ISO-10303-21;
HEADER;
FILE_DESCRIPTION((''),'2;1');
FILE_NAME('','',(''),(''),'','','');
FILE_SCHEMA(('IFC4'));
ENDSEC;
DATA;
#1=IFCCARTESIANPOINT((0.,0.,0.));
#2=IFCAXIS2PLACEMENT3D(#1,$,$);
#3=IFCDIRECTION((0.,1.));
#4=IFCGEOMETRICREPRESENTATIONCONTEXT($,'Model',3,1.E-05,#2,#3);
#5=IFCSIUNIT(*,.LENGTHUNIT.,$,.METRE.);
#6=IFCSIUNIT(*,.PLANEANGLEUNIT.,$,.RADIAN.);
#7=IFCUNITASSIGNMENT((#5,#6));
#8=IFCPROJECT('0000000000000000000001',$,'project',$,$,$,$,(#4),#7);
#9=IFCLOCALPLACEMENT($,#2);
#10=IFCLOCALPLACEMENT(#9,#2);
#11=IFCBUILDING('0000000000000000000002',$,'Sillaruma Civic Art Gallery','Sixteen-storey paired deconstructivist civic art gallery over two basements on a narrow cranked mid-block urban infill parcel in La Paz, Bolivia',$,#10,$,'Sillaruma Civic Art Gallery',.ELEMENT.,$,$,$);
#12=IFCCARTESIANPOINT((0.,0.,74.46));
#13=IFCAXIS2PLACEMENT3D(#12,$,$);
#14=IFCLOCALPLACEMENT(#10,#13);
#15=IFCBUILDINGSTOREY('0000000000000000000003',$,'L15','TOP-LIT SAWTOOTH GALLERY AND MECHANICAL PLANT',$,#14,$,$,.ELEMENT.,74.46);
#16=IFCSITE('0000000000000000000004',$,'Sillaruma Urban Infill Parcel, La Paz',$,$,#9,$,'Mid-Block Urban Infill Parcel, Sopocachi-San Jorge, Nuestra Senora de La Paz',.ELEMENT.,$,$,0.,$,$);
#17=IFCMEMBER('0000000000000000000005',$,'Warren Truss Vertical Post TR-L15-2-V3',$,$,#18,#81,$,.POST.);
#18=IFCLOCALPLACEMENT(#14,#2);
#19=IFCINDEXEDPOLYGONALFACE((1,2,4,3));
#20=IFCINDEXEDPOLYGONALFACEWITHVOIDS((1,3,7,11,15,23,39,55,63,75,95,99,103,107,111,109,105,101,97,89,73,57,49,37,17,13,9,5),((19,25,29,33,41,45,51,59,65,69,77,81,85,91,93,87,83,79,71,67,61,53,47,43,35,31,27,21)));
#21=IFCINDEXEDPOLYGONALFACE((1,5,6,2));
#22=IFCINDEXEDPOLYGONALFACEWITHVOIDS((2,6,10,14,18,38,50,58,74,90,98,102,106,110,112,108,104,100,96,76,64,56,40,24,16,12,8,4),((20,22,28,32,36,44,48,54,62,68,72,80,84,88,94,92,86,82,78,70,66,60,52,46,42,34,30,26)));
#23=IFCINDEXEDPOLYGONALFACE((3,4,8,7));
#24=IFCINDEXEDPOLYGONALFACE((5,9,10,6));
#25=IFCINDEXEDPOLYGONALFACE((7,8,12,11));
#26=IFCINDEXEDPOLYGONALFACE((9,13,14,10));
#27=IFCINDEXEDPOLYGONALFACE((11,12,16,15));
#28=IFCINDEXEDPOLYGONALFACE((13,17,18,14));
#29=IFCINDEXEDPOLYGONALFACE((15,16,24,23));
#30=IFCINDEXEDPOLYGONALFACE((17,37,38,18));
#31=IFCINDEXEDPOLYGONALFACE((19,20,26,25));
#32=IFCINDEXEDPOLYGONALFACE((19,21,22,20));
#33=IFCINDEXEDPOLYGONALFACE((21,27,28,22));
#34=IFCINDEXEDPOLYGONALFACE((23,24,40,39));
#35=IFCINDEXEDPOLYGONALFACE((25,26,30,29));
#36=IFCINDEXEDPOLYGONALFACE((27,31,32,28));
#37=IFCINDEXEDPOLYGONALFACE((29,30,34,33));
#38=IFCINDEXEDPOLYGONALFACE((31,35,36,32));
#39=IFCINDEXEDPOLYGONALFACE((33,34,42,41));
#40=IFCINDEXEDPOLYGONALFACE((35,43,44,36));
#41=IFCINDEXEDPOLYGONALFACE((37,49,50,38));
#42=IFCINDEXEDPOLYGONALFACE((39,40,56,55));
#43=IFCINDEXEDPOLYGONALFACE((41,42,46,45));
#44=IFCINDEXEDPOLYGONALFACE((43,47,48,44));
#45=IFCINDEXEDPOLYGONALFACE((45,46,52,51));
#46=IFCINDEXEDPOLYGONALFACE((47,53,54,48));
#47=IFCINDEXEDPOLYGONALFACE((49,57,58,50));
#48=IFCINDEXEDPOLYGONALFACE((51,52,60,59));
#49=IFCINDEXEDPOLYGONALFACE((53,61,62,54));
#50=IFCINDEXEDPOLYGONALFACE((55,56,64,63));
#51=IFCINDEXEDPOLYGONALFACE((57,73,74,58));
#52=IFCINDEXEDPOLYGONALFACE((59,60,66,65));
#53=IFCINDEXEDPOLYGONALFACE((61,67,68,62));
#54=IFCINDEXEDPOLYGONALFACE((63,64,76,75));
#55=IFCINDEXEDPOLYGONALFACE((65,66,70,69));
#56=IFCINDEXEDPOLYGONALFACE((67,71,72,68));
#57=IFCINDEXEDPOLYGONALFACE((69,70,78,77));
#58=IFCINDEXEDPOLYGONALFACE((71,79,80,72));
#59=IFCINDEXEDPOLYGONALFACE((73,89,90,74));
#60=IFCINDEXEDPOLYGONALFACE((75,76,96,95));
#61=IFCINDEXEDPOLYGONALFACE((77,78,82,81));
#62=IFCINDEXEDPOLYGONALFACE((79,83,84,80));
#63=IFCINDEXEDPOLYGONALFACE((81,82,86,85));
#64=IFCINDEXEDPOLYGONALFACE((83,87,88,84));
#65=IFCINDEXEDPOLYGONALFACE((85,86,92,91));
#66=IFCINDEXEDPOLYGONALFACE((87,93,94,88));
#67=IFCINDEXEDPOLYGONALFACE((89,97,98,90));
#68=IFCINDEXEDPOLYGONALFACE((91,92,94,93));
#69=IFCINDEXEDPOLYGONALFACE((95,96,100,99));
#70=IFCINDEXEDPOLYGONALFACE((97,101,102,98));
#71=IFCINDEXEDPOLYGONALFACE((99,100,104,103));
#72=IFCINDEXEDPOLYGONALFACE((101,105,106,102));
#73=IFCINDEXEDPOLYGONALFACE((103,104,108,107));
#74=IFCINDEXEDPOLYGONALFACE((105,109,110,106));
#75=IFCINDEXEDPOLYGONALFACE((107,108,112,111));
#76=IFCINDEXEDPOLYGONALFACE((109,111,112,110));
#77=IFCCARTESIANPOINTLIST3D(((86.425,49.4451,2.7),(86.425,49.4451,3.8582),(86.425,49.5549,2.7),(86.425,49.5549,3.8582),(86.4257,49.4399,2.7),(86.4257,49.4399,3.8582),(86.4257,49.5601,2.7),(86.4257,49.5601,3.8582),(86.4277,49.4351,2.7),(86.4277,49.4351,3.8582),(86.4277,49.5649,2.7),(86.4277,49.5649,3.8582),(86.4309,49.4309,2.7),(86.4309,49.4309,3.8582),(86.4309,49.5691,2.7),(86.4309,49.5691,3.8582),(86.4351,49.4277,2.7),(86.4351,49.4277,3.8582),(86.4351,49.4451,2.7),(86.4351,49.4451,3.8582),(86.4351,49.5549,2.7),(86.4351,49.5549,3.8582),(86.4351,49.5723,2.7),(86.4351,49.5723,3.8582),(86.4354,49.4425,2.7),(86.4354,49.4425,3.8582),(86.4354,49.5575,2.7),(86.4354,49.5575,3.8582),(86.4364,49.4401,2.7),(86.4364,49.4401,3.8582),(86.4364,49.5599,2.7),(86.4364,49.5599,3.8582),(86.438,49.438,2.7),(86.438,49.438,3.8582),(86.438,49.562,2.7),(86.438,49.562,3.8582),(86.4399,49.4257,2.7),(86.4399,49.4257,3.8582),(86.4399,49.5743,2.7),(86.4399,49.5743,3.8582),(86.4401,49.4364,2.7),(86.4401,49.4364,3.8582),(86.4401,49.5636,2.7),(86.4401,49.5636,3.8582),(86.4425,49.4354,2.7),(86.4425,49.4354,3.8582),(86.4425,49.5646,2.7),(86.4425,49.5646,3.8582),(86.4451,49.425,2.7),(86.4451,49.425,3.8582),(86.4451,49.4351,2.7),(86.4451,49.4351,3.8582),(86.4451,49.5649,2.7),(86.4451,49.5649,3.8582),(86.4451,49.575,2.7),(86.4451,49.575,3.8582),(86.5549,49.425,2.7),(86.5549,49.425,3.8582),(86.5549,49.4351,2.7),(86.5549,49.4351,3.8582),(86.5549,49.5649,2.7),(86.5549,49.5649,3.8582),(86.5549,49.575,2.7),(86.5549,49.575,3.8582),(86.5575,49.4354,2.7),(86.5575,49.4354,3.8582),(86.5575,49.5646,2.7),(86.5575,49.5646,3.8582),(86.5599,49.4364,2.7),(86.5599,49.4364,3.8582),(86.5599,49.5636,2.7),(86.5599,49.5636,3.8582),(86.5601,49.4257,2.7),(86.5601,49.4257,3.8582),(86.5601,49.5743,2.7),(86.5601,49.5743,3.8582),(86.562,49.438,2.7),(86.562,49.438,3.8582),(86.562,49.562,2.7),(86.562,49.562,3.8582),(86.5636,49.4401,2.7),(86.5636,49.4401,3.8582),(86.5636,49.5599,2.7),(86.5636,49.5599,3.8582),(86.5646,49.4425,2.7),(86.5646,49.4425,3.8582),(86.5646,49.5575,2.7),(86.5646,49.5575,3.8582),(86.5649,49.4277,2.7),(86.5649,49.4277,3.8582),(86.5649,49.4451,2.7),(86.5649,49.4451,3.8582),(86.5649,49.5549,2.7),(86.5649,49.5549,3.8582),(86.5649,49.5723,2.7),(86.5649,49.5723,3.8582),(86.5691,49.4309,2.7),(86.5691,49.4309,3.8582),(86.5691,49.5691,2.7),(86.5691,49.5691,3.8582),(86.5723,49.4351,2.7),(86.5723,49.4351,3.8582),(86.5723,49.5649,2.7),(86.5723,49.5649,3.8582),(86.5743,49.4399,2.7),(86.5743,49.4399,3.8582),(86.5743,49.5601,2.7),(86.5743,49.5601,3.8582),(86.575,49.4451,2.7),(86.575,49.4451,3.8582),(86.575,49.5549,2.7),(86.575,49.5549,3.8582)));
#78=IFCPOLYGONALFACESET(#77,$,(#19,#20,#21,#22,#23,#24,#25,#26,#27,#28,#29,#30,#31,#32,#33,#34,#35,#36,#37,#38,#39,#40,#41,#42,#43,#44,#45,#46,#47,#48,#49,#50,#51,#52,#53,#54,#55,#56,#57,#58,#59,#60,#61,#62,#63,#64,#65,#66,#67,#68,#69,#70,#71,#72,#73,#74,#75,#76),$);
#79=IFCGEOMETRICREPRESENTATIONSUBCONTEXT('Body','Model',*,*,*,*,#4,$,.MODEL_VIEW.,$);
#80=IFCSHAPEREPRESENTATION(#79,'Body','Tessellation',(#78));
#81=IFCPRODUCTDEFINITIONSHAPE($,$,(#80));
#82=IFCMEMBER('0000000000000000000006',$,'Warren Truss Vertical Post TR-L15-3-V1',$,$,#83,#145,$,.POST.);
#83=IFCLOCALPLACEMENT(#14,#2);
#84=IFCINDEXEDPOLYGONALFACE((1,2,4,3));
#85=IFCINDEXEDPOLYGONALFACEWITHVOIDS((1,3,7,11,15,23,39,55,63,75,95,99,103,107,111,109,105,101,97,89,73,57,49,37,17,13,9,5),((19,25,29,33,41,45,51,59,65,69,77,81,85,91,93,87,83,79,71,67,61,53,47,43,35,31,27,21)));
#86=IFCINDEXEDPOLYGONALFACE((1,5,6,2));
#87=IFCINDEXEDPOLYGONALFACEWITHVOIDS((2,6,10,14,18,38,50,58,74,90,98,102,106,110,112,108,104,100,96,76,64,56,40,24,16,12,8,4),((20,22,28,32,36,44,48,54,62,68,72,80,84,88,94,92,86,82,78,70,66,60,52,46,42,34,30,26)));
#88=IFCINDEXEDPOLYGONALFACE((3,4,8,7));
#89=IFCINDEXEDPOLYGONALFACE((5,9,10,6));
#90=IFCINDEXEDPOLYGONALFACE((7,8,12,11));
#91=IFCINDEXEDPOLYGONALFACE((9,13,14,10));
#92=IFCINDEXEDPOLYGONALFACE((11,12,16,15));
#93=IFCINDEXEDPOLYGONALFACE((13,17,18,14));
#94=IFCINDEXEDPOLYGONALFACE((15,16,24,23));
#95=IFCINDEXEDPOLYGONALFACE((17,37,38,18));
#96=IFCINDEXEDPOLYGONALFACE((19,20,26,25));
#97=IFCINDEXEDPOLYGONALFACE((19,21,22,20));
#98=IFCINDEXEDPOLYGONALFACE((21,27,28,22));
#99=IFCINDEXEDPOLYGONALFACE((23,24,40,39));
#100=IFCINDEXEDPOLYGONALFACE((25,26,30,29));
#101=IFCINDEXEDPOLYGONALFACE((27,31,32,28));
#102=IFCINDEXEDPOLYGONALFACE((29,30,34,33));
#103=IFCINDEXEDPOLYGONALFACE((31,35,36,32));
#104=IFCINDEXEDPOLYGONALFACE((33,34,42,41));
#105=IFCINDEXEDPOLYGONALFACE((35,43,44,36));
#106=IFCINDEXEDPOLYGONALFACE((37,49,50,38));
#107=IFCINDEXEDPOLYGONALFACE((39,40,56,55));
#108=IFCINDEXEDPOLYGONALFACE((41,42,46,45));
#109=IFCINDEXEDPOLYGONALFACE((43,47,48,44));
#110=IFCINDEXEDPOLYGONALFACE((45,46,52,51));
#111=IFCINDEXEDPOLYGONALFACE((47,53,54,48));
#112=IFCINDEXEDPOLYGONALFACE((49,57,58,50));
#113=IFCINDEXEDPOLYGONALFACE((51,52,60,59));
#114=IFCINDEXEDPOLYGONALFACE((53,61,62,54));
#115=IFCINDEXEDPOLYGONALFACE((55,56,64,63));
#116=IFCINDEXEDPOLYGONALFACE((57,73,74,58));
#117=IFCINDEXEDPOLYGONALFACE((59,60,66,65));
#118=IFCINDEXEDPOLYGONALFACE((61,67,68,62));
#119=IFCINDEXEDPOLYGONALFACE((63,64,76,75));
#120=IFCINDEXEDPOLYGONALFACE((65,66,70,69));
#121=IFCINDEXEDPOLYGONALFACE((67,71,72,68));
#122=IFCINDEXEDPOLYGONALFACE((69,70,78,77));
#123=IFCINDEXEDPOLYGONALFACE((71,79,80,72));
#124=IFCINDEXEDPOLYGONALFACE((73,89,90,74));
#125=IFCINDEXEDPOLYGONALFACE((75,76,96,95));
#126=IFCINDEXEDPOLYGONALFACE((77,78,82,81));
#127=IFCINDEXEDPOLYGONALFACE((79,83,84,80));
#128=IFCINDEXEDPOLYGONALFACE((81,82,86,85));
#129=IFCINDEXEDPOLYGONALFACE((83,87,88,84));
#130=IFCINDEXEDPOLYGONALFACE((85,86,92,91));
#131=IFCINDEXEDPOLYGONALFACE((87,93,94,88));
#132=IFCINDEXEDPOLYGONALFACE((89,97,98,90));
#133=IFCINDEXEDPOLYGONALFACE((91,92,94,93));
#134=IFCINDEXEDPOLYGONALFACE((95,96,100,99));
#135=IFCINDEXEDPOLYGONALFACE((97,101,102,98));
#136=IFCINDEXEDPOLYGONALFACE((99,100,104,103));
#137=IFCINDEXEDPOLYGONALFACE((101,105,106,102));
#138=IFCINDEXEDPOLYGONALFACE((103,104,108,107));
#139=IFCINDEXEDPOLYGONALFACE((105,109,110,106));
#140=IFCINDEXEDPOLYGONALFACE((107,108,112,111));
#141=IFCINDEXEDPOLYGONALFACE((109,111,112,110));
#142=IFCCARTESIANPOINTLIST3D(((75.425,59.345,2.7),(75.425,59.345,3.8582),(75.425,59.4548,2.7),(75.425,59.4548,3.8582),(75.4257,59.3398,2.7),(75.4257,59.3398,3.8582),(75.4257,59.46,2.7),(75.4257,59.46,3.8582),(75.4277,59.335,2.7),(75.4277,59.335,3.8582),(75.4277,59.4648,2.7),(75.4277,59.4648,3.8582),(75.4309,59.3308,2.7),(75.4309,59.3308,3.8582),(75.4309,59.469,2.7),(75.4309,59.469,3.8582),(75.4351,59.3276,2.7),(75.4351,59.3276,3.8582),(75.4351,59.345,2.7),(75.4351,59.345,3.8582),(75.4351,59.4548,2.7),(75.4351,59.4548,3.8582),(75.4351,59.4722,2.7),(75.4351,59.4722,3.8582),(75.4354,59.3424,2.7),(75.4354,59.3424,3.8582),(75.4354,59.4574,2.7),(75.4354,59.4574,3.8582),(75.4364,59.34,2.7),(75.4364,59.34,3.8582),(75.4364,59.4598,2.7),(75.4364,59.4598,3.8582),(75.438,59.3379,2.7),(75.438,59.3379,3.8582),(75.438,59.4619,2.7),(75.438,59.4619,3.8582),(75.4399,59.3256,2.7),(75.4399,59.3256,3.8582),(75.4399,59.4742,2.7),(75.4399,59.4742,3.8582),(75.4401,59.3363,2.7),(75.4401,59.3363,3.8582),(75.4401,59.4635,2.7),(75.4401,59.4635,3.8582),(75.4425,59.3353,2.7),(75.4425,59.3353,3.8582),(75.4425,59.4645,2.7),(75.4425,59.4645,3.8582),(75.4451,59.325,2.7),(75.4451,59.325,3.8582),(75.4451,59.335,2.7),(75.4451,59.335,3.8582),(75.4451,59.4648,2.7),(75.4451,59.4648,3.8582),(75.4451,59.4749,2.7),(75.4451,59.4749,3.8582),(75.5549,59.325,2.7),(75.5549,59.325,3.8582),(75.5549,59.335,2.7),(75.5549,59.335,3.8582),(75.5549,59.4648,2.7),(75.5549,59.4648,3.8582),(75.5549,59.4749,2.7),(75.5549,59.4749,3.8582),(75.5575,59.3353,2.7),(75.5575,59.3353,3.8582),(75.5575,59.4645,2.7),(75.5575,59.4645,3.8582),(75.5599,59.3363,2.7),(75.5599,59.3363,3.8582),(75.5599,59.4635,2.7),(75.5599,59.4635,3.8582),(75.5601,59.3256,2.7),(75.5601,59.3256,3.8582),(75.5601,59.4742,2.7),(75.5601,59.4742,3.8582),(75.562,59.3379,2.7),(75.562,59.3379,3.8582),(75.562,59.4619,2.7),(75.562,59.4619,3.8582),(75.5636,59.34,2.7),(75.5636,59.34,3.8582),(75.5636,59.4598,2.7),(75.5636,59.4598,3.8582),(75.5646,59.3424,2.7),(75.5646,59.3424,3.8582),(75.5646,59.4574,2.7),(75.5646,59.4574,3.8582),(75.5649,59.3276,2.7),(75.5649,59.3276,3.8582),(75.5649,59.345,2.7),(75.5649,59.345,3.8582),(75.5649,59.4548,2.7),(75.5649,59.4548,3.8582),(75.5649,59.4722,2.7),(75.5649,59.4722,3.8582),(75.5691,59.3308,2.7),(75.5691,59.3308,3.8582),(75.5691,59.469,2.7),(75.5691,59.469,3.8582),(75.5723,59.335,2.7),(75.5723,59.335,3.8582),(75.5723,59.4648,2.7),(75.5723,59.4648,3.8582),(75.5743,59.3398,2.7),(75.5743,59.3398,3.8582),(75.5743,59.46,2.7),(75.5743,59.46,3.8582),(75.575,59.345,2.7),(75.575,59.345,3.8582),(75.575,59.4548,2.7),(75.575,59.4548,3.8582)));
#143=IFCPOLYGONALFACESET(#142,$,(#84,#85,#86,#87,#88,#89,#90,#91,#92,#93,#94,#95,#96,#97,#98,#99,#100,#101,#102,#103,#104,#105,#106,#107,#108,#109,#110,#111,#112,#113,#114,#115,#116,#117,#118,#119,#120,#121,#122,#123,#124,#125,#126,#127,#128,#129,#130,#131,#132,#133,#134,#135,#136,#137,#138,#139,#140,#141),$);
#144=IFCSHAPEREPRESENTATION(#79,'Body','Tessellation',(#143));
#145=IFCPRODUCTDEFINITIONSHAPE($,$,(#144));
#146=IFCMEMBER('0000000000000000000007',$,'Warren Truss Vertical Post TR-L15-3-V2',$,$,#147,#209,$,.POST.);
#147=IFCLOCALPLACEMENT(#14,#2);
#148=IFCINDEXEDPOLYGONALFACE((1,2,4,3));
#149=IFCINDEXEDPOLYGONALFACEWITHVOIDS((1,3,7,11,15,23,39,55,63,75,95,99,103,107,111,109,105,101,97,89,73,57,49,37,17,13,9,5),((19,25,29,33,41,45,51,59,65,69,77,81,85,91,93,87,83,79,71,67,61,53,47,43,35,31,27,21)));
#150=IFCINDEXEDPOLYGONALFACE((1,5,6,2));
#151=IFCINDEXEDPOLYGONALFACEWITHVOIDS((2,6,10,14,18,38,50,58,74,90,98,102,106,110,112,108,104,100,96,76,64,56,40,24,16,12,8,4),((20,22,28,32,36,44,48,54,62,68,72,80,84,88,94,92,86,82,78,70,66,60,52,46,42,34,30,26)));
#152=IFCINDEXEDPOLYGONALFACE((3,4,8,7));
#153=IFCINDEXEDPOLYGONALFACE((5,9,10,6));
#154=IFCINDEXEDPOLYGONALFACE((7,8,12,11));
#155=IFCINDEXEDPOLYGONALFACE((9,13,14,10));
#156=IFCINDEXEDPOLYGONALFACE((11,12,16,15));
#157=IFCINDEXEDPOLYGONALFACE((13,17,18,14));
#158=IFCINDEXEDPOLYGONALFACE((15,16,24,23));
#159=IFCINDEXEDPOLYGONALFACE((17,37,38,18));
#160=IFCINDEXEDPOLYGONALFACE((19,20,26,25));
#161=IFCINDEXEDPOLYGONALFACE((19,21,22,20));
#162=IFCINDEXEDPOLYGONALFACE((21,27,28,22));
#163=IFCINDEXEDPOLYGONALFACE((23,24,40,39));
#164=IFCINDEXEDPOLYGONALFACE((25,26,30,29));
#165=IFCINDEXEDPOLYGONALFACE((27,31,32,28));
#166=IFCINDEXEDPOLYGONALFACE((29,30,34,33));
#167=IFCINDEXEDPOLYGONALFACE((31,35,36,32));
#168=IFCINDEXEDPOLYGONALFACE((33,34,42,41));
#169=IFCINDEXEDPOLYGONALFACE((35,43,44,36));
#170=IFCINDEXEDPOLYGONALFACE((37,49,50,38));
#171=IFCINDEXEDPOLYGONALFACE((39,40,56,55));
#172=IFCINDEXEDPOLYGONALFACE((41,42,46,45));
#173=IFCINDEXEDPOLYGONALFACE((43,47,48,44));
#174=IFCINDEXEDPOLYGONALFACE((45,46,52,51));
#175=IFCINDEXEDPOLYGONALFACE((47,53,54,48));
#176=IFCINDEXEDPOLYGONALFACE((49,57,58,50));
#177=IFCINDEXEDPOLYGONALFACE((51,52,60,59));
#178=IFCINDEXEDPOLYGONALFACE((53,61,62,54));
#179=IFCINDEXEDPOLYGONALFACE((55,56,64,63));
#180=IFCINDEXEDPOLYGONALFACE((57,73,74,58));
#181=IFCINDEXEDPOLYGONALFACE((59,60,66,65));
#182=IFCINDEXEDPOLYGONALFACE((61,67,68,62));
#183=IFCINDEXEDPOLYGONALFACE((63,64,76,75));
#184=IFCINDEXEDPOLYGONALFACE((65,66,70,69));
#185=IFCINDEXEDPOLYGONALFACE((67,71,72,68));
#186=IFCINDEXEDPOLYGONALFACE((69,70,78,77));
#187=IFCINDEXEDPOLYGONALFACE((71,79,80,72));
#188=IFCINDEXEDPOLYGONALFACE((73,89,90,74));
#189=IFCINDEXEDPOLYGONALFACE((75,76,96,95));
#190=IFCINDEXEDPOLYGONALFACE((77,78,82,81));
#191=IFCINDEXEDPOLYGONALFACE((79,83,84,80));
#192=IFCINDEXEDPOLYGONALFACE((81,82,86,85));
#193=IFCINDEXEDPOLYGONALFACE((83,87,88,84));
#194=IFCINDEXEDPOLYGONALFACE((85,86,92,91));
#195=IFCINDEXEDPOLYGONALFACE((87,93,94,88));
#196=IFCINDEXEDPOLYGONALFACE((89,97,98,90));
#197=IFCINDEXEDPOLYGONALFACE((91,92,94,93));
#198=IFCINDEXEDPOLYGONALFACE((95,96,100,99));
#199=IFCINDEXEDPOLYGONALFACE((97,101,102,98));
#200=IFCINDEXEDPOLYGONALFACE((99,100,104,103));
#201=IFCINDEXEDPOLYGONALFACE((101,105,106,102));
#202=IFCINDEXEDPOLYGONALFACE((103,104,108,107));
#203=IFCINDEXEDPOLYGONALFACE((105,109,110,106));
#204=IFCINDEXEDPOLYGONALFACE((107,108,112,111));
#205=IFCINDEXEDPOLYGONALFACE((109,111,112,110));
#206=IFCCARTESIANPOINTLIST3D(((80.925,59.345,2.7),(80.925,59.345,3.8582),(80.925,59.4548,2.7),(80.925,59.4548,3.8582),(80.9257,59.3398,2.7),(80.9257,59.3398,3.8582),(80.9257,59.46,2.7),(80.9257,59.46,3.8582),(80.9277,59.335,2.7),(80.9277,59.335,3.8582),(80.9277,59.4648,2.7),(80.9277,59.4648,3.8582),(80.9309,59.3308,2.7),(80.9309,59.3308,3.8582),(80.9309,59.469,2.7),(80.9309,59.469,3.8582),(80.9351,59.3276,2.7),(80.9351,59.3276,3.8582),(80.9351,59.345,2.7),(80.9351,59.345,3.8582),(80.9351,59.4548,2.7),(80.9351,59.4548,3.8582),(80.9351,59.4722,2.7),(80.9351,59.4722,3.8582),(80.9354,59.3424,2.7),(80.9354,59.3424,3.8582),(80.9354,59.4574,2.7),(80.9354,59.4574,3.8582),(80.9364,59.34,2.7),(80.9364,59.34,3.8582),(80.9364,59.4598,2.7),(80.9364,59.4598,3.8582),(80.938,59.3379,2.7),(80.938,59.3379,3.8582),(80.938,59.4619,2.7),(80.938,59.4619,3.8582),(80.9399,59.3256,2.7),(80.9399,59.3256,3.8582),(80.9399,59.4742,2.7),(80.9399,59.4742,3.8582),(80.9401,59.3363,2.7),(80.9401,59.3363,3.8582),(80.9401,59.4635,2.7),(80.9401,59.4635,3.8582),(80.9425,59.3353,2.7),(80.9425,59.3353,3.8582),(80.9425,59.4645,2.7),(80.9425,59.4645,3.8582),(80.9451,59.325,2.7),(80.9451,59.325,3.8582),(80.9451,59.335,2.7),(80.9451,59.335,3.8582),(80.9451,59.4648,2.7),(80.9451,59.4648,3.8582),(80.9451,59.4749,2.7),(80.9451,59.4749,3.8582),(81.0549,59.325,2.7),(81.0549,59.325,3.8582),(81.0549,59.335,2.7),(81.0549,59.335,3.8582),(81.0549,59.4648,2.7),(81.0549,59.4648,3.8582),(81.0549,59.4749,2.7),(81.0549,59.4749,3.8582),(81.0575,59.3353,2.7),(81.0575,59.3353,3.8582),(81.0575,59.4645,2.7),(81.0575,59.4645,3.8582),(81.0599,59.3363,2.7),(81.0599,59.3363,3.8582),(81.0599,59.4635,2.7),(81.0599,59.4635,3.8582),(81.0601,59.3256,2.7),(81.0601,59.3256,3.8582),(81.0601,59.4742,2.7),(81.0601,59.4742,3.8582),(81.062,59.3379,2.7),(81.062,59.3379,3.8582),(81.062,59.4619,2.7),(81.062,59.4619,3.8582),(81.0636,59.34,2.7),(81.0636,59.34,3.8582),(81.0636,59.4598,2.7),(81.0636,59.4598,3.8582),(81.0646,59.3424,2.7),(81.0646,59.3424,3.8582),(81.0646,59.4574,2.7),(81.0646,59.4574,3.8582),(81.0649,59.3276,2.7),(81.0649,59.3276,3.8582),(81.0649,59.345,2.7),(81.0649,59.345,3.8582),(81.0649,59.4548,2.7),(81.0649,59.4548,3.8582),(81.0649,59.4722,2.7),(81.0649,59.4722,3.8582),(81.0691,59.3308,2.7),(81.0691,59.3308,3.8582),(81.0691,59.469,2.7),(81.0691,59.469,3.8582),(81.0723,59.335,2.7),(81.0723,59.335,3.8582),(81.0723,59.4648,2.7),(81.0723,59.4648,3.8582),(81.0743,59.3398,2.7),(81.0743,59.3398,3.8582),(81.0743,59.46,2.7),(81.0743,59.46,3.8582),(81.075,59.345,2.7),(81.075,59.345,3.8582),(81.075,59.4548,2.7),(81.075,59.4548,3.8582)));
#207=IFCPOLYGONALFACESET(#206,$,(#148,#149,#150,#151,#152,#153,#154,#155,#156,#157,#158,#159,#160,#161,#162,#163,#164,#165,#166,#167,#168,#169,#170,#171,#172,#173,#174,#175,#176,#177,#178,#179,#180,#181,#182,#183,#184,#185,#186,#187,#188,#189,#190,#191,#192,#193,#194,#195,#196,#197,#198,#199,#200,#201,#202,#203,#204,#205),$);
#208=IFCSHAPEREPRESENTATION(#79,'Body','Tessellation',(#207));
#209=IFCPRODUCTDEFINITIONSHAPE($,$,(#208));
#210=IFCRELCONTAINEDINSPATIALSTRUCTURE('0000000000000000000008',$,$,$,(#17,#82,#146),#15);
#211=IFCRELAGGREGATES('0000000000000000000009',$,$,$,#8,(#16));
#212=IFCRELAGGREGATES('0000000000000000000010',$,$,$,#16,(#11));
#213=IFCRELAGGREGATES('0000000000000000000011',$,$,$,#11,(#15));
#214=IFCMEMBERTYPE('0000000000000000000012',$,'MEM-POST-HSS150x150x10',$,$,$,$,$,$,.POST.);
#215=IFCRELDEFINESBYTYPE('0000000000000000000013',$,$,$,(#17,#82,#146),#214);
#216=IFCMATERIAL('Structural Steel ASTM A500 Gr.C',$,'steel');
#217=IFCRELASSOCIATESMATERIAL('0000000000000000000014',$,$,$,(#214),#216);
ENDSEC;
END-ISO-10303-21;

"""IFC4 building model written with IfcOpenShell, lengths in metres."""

from ifc_helpers import new_model, si_unit, direction, frame, origin, origin_2d, place, context, subcontext, project, spatial, hollow_rectangle, extrude, material, material_profile, profile_set, type_object, element, save


model = new_model("IFC4")

# Units and contexts
model_context = context("Model", 3, precision=1e-05, world=origin(), true_north=direction((0.0, 1.0)))
body_context = subcontext(model_context, "Body", "Model", "MODEL_VIEW")
ifc_project = project(units=[si_unit("LENGTHUNIT", "METRE"), si_unit("PLANEANGLEUNIT", "RADIAN")], contexts=[model_context])

# Site, building, storey
site_placement = place(None, origin())
site = spatial("IfcSite", under=ifc_project, at=site_placement, Name="Sillaruma Urban Infill Parcel, La Paz", LongName="Mid-Block Urban Infill Parcel, Sopocachi-San Jorge, Nuestra Senora de La Paz", CompositionType="ELEMENT", RefElevation=0.0)
building_placement = place(site_placement, origin())
building = spatial("IfcBuilding", under=site, at=building_placement, Name="Sillaruma Civic Art Gallery", Description="Sixteen-storey paired deconstructivist civic art gallery over two basements on a narrow cranked mid-block urban infill parcel in La Paz, Bolivia", LongName="Sillaruma Civic Art Gallery", CompositionType="ELEMENT")
storey_placement = place(building_placement, frame((0.0, 0.0, 74.46)))
storey = spatial("IfcBuildingStorey", under=building, at=storey_placement, Name="L15", Description="TOP-LIT SAWTOOTH GALLERY AND MECHANICAL PLANT", CompositionType="ELEMENT", Elevation=74.46)

# Members
ifc_material_1 = material(Name="Structural Steel ASTM A500 Gr.C", Category="steel")
ifc_material_profile_1 = material_profile(ifc_material_1, hollow_rectangle(XDim=0.1499, YDim=0.1499, WallThickness=0.01, InnerFilletRadius=0.01, OuterFilletRadius=0.02, at=origin_2d()), Name="HSS150x150x10")
ifc_profile_set_1 = profile_set([ifc_material_profile_1], Name="Structural Steel ASTM A500 Gr.C")
member_type_1 = type_object("IfcMemberType", Name="MEM-POST-HSS150x150x10", PredefinedType="POST", material=ifc_profile_set_1)
for number, where, z_axis, x_axis, name in (
    (1, (86.5, 49.5, 2.7), (0.0, 0.0, 1.0), (1.0, 0.0, 0.0), "Warren Truss Vertical Post TR-L15-2-V3"),
    (2, (75.5, 59.3999, 2.7), (0.0, 0.0, 1.0), (1.0, 0.0, 0.0), "Warren Truss Vertical Post TR-L15-3-V1"),
    (3, (81.0, 59.3999, 2.7), (0.0, 0.0, 1.0), (1.0, 0.0, 0.0), "Warren Truss Vertical Post TR-L15-3-V2"),
):
    element("IfcMember", number, at=place(storey_placement, frame(where, z_axis=z_axis, x_axis=x_axis)), inside=storey, type_object=member_type_1, Name=name, PredefinedType="POST", context=body_context, shape_type="SweptSolid", body=[
        extrude(hollow_rectangle(XDim=0.1499, YDim=0.1499, WallThickness=0.01, InnerFilletRadius=0.01, OuterFilletRadius=0.02, at=origin_2d()), origin(), (0.0, 0.0, 1.0), 1.1582),
    ])

save(model, "model.ifc")
